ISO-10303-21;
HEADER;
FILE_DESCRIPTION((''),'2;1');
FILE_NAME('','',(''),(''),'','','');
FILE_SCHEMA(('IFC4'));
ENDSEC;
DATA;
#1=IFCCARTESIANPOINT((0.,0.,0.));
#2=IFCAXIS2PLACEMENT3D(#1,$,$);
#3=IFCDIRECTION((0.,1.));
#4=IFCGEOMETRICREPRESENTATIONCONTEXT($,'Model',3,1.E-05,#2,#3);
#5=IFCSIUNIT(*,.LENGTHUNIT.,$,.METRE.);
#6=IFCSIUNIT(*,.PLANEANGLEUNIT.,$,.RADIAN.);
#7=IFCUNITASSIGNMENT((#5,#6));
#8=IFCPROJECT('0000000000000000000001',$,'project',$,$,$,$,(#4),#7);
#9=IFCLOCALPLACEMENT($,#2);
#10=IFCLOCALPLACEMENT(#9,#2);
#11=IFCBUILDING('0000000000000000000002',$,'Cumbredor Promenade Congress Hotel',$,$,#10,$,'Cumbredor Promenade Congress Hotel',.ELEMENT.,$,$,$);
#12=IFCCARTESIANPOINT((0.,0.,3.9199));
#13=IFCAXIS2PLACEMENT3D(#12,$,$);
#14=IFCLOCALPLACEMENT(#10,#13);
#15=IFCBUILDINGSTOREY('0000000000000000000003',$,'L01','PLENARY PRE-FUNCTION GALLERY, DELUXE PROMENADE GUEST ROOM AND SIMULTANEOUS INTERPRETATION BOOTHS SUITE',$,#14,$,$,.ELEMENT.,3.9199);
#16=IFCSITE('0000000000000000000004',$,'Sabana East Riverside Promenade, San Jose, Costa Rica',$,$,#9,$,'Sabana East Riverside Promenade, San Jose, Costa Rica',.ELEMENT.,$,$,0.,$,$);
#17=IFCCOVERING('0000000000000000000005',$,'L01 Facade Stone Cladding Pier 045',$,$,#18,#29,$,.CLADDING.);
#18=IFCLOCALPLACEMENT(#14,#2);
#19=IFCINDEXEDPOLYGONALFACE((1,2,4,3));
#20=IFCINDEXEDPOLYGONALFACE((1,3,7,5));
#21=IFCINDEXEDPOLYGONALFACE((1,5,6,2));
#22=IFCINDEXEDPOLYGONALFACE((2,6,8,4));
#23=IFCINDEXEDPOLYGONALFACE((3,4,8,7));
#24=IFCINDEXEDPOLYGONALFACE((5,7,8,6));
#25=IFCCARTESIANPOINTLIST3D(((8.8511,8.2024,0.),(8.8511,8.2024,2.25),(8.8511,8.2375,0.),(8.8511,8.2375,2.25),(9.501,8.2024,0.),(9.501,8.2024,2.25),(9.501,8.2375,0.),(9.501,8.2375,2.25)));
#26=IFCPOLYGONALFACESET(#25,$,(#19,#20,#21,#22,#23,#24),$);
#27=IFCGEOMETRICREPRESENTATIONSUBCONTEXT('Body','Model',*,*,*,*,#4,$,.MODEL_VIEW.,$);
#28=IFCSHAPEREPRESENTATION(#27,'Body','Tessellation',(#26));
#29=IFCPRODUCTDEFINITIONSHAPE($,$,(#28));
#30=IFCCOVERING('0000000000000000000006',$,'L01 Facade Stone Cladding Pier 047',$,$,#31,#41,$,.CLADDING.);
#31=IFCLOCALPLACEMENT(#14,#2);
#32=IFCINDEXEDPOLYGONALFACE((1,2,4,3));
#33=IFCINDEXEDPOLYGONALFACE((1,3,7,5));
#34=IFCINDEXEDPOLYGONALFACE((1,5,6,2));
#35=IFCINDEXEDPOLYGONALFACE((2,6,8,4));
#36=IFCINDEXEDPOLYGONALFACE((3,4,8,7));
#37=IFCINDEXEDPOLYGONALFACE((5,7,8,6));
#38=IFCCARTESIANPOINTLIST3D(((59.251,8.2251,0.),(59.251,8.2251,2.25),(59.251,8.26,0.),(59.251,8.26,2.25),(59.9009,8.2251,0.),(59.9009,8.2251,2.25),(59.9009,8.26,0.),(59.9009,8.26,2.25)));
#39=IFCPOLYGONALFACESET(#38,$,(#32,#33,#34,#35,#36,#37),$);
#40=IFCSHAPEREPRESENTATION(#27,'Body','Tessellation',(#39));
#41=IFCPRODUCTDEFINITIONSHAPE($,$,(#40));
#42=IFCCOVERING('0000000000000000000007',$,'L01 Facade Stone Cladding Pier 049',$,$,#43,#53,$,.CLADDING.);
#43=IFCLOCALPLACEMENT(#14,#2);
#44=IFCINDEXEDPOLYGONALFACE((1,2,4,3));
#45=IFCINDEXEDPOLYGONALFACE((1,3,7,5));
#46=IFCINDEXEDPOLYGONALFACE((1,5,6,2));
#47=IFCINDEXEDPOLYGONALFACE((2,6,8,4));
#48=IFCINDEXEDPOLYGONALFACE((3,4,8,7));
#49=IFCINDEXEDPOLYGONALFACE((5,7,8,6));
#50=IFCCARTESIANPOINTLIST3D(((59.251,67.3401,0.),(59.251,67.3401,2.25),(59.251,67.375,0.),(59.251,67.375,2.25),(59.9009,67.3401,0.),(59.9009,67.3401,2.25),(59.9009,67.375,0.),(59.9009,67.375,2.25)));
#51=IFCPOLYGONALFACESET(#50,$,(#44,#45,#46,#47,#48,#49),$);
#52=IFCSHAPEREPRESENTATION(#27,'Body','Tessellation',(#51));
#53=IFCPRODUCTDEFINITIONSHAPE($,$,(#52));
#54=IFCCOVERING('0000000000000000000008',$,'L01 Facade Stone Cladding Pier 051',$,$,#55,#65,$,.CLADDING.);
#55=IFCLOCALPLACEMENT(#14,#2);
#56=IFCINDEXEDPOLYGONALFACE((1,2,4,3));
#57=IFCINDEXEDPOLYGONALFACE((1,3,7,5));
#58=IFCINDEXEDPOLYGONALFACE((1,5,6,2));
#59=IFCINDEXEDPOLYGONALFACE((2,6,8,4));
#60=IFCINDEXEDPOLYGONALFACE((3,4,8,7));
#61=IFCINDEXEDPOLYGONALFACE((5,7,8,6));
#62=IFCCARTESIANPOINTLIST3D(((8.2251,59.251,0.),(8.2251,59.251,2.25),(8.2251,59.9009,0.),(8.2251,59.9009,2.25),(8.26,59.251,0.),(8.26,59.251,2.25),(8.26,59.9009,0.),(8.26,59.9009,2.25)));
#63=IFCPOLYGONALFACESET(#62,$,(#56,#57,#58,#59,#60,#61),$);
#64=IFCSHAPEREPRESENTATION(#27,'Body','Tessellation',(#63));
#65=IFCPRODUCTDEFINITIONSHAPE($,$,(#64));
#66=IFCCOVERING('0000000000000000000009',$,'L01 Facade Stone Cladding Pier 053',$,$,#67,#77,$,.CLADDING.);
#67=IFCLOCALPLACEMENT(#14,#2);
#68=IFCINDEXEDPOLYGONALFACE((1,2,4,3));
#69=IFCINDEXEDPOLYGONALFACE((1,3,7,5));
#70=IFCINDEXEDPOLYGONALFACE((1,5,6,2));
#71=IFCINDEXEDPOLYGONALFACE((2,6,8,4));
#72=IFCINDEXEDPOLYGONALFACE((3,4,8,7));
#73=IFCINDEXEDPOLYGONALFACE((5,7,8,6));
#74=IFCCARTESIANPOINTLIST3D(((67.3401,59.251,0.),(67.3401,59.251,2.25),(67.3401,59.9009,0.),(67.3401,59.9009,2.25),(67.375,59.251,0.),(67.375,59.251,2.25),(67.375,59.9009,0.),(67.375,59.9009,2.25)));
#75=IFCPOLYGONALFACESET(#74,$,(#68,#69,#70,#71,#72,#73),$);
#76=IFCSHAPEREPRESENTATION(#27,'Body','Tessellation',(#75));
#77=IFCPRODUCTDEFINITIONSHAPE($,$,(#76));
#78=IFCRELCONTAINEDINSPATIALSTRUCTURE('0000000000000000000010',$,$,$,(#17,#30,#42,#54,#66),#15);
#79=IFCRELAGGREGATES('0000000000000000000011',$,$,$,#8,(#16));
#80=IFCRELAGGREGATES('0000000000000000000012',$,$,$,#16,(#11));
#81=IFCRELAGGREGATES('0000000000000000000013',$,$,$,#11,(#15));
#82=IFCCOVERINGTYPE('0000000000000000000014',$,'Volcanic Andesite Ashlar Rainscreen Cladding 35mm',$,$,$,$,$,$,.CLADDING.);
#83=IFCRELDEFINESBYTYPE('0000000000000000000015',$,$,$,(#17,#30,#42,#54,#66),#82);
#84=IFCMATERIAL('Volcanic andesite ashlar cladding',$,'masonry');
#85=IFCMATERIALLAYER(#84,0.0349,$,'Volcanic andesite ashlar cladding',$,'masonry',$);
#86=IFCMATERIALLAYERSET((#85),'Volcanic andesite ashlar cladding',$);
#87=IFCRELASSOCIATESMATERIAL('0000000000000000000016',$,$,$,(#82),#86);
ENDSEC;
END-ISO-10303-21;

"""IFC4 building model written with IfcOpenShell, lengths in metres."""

from ifc_helpers import new_model, si_unit, direction, frame, origin, place, context, subcontext, project, spatial, polyline, outline, extrude, material, layer, layer_set, type_object, element, save


model = new_model("IFC4")

# Units and contexts
model_context = context("Model", 3, precision=1e-05, world=origin(), true_north=direction((0.0, 1.0)))
body_context = subcontext(model_context, "Body", "Model", "MODEL_VIEW")
ifc_project = project(units=[si_unit("LENGTHUNIT", "METRE"), si_unit("PLANEANGLEUNIT", "RADIAN")], contexts=[model_context])

# Site, building, storey
site_placement = place(None, origin())
site = spatial("IfcSite", under=ifc_project, at=site_placement, Name="Sabana East Riverside Promenade, San Jose, Costa Rica", LongName="Sabana East Riverside Promenade, San Jose, Costa Rica", CompositionType="ELEMENT", RefElevation=0.0)
building_placement = place(site_placement, origin())
building = spatial("IfcBuilding", under=site, at=building_placement, Name="Cumbredor Promenade Congress Hotel", LongName="Cumbredor Promenade Congress Hotel", CompositionType="ELEMENT")
storey_placement = place(building_placement, frame((0.0, 0.0, 3.9199)))
storey = spatial("IfcBuildingStorey", under=building, at=storey_placement, Name="L01", Description="PLENARY PRE-FUNCTION GALLERY, DELUXE PROMENADE GUEST ROOM AND SIMULTANEOUS INTERPRETATION BOOTHS SUITE", CompositionType="ELEMENT", Elevation=3.9199)

# Coverings
ifc_material_1 = material(Name="Volcanic andesite ashlar cladding", Category="masonry")
ifc_layer_1 = layer(ifc_material_1, 0.0349, Name="Volcanic andesite ashlar cladding", Category="masonry")
ifc_layer_set_1 = layer_set([ifc_layer_1], Name="Volcanic andesite ashlar cladding")
covering_type_1 = type_object("IfcCoveringType", Name="Volcanic Andesite Ashlar Rainscreen Cladding 35mm", PredefinedType="CLADDING", material=ifc_layer_set_1)
covering_1_placement = place(storey_placement, origin())
element("IfcCovering", 1, at=covering_1_placement, inside=storey, type_object=covering_type_1, Name="L01 Facade Stone Cladding Pier 045", PredefinedType="CLADDING", context=body_context, shape_type="SweptSolid", body=[
    extrude(outline(polyline([(8.8511, 8.2375), (9.501, 8.2375), (9.501, 8.2024), (8.8511, 8.2024), (8.8511, 8.2375)])), origin(), (0.0, 0.0, 1.0), 2.25),
])
covering_2_placement = place(storey_placement, origin())
element("IfcCovering", 2, at=covering_2_placement, inside=storey, type_object=covering_type_1, Name="L01 Facade Stone Cladding Pier 047", PredefinedType="CLADDING", context=body_context, shape_type="SweptSolid", body=[
    extrude(outline(polyline([(59.251, 8.26), (59.9009, 8.26), (59.9009, 8.2251), (59.251, 8.2251), (59.251, 8.26)])), origin(), (0.0, 0.0, 1.0), 2.25),
])
covering_3_placement = place(storey_placement, origin())
element("IfcCovering", 3, at=covering_3_placement, inside=storey, type_object=covering_type_1, Name="L01 Facade Stone Cladding Pier 049", PredefinedType="CLADDING", context=body_context, shape_type="SweptSolid", body=[
    extrude(outline(polyline([(59.251, 67.3401), (59.9009, 67.3401), (59.9009, 67.375), (59.251, 67.375), (59.251, 67.3401)])), origin(), (0.0, 0.0, 1.0), 2.25),
])
covering_4_placement = place(storey_placement, origin())
element("IfcCovering", 4, at=covering_4_placement, inside=storey, type_object=covering_type_1, Name="L01 Facade Stone Cladding Pier 051", PredefinedType="CLADDING", context=body_context, shape_type="SweptSolid", body=[
    extrude(outline(polyline([(8.26, 59.251), (8.26, 59.9009), (8.2251, 59.9009), (8.2251, 59.251), (8.26, 59.251)])), origin(), (0.0, 0.0, 1.0), 2.25),
])
covering_5_placement = place(storey_placement, origin())
element("IfcCovering", 5, at=covering_5_placement, inside=storey, type_object=covering_type_1, Name="L01 Facade Stone Cladding Pier 053", PredefinedType="CLADDING", context=body_context, shape_type="SweptSolid", body=[
    extrude(outline(polyline([(67.3401, 59.251), (67.3401, 59.9009), (67.375, 59.9009), (67.375, 59.251), (67.3401, 59.251)])), origin(), (0.0, 0.0, 1.0), 2.25),
])

save(model, "model.ifc")
